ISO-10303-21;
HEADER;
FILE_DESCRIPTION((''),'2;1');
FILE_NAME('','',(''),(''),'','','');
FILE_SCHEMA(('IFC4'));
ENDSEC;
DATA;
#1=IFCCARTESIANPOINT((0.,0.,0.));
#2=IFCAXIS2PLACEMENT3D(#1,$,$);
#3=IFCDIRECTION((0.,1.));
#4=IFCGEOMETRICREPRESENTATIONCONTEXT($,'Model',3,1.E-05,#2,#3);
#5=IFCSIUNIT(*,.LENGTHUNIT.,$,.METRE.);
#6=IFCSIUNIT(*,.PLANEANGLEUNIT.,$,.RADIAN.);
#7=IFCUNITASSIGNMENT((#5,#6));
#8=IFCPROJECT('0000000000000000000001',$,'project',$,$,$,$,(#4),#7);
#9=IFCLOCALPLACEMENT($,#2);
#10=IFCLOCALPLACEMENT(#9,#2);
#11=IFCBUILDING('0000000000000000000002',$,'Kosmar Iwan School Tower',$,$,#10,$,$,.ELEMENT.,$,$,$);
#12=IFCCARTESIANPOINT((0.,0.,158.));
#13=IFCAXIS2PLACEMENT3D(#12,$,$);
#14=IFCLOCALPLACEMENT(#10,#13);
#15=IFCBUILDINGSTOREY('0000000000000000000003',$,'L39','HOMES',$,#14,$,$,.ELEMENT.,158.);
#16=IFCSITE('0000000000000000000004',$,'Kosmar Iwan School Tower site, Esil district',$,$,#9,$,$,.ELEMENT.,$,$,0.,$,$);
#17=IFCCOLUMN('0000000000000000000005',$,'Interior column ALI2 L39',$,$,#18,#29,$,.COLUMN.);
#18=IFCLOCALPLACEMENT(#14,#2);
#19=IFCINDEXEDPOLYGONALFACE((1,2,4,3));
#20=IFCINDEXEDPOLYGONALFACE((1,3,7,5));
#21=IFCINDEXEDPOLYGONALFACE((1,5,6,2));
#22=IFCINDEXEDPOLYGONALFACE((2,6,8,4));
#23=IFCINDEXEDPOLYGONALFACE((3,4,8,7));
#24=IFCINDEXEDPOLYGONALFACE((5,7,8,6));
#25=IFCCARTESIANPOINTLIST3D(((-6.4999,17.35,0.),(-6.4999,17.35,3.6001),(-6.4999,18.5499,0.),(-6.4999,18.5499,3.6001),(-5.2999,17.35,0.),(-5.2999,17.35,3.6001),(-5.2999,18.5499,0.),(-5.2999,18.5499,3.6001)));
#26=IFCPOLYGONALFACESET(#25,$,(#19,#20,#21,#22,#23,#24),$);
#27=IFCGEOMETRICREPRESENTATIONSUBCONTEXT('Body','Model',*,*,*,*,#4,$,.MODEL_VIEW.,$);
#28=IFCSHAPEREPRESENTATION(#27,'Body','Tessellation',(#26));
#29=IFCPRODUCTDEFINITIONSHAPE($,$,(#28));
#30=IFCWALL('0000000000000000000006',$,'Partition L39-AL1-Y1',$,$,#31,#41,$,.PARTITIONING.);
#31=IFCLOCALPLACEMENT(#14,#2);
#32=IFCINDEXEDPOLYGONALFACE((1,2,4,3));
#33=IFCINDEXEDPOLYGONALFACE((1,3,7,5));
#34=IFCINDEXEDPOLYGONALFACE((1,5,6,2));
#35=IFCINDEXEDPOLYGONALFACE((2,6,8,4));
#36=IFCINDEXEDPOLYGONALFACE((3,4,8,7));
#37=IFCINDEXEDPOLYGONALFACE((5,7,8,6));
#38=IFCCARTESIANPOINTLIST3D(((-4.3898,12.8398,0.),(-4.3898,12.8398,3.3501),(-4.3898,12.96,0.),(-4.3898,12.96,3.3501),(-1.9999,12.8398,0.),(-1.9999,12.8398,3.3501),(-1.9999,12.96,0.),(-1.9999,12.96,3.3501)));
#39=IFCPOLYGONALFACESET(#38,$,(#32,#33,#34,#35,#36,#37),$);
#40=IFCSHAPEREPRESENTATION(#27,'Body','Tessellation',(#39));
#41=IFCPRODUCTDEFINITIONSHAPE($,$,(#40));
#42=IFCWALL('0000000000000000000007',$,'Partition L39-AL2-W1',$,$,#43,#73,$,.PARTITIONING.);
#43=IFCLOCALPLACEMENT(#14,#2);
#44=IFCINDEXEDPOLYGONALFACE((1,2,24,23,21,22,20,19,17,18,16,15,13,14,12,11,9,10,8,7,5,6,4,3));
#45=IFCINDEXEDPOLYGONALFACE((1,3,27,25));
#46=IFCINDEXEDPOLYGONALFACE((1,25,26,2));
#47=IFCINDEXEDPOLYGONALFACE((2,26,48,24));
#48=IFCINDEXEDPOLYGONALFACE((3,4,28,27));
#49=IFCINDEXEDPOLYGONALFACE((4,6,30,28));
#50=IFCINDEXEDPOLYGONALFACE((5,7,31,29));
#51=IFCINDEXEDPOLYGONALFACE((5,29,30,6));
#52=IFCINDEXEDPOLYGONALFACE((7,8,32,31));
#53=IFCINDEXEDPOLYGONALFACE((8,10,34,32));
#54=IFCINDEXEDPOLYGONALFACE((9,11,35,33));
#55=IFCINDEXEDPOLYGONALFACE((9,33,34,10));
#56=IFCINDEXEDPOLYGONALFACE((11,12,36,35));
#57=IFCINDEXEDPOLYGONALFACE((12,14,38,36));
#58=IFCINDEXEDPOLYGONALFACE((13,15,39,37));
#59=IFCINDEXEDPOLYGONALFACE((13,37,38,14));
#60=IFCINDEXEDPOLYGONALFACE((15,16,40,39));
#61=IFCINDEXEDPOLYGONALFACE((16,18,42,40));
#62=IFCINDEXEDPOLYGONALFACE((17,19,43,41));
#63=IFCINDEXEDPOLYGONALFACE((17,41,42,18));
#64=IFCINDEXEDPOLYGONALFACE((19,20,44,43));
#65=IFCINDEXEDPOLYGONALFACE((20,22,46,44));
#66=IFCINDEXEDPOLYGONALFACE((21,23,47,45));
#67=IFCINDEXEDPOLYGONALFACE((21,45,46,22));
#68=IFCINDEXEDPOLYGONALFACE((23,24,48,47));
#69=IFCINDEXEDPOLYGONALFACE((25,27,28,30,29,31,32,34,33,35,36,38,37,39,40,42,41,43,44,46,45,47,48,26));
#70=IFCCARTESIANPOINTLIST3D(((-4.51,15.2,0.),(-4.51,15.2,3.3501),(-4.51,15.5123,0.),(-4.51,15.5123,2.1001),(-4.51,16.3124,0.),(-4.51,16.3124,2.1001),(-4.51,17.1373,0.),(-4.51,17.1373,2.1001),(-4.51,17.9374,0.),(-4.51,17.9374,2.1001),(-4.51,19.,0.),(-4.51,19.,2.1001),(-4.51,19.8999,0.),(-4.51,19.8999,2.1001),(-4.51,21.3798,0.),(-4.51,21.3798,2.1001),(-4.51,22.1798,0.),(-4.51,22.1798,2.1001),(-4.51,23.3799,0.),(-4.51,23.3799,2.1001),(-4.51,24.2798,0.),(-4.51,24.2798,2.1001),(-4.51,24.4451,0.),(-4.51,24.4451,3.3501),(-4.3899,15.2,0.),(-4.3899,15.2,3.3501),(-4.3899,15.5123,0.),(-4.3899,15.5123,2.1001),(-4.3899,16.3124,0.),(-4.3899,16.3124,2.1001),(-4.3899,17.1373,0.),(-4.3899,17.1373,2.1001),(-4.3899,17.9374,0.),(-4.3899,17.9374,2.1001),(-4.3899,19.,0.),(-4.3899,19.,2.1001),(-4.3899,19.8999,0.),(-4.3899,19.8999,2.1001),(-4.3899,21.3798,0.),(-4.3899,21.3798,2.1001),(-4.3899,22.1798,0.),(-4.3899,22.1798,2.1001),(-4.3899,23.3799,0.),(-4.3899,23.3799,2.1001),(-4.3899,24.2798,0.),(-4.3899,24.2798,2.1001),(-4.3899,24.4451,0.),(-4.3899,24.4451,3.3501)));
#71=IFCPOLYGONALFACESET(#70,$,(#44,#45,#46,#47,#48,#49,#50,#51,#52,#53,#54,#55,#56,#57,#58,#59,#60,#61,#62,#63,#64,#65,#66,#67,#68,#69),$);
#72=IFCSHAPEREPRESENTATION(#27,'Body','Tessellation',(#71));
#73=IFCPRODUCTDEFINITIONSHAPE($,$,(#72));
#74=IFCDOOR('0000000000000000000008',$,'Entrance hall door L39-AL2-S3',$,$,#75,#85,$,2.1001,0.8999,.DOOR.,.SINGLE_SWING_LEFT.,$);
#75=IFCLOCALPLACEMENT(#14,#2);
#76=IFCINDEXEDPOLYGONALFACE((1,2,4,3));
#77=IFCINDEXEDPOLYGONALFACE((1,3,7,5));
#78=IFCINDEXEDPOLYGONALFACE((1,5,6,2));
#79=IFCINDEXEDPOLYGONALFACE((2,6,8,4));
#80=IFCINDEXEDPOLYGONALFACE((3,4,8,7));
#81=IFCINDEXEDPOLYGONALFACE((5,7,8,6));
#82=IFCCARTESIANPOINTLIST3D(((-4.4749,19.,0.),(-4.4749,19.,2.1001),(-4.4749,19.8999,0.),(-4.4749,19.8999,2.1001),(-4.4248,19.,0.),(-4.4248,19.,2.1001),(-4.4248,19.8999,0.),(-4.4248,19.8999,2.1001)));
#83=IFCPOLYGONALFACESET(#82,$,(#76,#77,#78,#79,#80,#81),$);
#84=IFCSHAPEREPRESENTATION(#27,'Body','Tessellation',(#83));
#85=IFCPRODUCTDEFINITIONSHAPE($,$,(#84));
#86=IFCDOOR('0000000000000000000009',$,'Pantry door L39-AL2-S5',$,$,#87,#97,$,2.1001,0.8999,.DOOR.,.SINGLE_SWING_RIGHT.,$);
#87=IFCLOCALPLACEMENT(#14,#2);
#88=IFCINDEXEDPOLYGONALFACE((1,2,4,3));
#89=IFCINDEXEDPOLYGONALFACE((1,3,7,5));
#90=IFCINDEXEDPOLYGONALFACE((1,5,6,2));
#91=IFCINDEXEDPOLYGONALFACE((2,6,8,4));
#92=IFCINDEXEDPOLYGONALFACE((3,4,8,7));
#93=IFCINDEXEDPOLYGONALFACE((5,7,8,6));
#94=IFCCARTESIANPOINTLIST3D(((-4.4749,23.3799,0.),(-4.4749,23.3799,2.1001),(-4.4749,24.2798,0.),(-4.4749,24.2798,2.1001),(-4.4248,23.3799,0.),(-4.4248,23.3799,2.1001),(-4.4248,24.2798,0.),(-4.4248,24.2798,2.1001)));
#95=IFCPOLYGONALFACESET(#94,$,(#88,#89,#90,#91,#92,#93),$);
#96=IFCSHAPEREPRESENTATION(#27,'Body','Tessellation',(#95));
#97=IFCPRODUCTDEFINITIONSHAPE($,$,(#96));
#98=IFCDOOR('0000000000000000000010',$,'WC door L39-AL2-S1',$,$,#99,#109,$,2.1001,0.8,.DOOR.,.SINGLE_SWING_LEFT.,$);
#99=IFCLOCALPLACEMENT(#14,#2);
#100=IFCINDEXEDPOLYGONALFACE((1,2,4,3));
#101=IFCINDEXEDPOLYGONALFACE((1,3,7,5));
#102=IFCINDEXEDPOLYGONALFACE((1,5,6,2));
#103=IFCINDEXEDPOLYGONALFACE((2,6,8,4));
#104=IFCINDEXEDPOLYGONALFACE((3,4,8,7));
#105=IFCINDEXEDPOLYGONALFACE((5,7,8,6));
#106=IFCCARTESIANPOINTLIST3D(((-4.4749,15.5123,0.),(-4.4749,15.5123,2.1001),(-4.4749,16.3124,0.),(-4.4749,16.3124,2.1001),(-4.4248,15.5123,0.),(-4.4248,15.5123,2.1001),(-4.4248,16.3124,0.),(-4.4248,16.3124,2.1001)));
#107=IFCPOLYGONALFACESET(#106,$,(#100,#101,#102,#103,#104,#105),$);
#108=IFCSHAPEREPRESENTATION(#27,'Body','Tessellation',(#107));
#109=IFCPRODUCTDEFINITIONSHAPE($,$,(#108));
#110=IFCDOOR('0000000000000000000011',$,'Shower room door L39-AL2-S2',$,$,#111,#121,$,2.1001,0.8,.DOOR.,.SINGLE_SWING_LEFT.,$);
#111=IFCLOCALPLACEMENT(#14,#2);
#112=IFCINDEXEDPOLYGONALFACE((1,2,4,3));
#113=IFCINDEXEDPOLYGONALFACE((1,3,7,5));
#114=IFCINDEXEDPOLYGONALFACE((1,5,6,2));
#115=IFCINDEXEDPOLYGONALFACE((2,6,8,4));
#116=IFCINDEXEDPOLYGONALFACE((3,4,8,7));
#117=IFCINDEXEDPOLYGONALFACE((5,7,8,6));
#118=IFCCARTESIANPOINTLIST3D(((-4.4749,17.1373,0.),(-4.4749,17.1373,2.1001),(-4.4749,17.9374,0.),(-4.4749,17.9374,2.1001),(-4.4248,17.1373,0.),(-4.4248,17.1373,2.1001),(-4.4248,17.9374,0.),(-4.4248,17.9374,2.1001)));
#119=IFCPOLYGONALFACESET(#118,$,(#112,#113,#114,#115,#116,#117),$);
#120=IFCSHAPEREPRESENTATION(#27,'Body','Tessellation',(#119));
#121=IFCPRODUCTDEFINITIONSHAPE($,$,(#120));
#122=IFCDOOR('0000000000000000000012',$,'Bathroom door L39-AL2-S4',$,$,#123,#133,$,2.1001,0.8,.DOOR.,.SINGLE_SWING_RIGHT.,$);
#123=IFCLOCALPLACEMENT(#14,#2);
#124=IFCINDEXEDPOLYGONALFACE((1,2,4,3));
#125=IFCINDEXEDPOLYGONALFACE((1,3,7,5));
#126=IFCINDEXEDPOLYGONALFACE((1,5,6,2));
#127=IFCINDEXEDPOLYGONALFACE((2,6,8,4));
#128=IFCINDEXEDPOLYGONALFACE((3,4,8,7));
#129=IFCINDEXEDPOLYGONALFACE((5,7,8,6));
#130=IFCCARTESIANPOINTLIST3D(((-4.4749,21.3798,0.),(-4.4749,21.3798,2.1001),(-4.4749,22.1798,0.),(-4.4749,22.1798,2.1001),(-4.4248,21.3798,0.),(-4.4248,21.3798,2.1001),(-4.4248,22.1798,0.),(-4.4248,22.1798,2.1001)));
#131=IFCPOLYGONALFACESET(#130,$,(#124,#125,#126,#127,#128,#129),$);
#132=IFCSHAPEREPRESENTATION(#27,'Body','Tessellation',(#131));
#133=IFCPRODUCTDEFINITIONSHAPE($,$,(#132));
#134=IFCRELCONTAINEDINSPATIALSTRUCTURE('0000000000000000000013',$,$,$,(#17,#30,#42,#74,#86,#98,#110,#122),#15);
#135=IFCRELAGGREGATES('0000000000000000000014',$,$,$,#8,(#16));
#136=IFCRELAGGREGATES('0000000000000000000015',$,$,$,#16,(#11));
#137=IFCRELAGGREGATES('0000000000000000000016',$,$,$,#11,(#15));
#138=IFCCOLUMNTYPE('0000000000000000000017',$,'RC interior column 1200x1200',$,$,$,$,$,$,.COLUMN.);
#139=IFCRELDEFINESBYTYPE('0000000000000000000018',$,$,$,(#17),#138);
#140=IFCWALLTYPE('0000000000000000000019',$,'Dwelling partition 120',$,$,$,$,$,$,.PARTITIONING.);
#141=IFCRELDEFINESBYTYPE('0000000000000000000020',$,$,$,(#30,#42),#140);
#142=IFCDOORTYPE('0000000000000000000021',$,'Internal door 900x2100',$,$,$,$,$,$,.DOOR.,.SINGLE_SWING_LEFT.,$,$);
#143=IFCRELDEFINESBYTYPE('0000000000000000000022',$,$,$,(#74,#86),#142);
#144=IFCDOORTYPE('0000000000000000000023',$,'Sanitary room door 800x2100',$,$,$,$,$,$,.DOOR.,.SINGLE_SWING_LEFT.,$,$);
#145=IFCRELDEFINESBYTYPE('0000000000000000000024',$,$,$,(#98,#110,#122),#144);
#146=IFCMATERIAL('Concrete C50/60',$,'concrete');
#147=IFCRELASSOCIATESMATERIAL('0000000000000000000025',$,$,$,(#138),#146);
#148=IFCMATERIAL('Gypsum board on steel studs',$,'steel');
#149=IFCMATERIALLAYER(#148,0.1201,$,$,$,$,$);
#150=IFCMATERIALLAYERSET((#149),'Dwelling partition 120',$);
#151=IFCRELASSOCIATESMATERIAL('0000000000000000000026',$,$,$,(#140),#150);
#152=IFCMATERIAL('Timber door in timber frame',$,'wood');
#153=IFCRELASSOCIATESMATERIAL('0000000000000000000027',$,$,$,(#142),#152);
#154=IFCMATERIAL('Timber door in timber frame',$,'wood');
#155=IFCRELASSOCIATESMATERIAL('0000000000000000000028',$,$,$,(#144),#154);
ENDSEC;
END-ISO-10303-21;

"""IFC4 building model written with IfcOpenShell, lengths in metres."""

from ifc_helpers import new_model, si_unit, direction, frame, frame_2d, origin, origin_2d, place, context, subcontext, project, spatial, rectangle, extrude, material, layer, layer_set, material_profile, profile_set, type_object, element, fill, save


model = new_model("IFC4")

# Units and contexts
model_context = context("Model", 3, precision=1e-05, world=origin(), true_north=direction((0.0, 1.0)))
body_context = subcontext(model_context, "Body", "Model", "MODEL_VIEW")
ifc_project = project(units=[si_unit("LENGTHUNIT", "METRE"), si_unit("PLANEANGLEUNIT", "RADIAN")], contexts=[model_context])

# Site, building, storey
site_placement = place(None, origin())
site = spatial("IfcSite", under=ifc_project, at=site_placement, Name="Kosmar Iwan School Tower site, Esil district", CompositionType="ELEMENT", RefElevation=0.0)
building_placement = place(site_placement, origin())
building = spatial("IfcBuilding", under=site, at=building_placement, Name="Kosmar Iwan School Tower", CompositionType="ELEMENT")
storey_placement = place(building_placement, frame((0.0, 0.0, 158.0)))
storey = spatial("IfcBuildingStorey", under=building, at=storey_placement, Name="L39", Description="HOMES", CompositionType="ELEMENT", Elevation=158.0)

# Column
ifc_material_1 = material(Name="Concrete C50/60", Category="concrete")
ifc_material_profile = material_profile(ifc_material_1, rectangle(XDim=1.2, YDim=1.2, at=origin_2d()), Name="RC 1200x1200")
ifc_profile_set = profile_set([ifc_material_profile], Name="Concrete C50/60")
column_type = type_object("IfcColumnType", Name="RC interior column 1200x1200", PredefinedType="COLUMN", material=ifc_profile_set)
column_placement = place(storey_placement, frame((-5.8999, 17.95, 0.0), z_axis=(0.0, 0.0, 1.0), x_axis=(0.0, 1.0, 0.0)))
element("IfcColumn", 1, at=column_placement, inside=storey, type_object=column_type, Name="Interior column ALI2 L39", PredefinedType="COLUMN", context=body_context, shape_type="SweptSolid", body=[
    extrude(rectangle(XDim=1.2, YDim=1.2, at=origin_2d()), origin(), (0.0, 0.0, 1.0), 3.6001),
])

# Wall
ifc_material_2 = material(Name="Gypsum board on steel studs", Category="steel")
ifc_layer_1 = layer(ifc_material_2, 0.1201)
ifc_layer_set_1 = layer_set([ifc_layer_1], Name="Dwelling partition 120")
wall_type_1 = type_object("IfcWallType", Name="Dwelling partition 120", PredefinedType="PARTITIONING", material=ifc_layer_set_1)
wall_1_placement = place(storey_placement, frame((-2.0, 12.8999, 0.0), z_axis=(0.0, 0.0, 1.0), x_axis=(-1.0, 0.0, 0.0)))
element("IfcWall", 2, at=wall_1_placement, inside=storey, type_object=wall_type_1, Name="Partition L39-AL1-Y1", PredefinedType="PARTITIONING", context=body_context, shape_type="SweptSolid", body=[
    extrude(rectangle(XDim=2.3899, YDim=0.1201, at=frame_2d((1.1948, 0.0))), origin(), (0.0, 0.0, 1.0), 3.3501),
])

# Wall, openings, doors
wall_2_placement = place(storey_placement, frame((-4.45, 15.2, 0.0), z_axis=(0.0, 0.0, 1.0), x_axis=(0.0, 1.0, 0.0)))
wall_2 = element("IfcWall", 3, at=wall_2_placement, inside=storey, type_object=wall_type_1, Name="Partition L39-AL2-W1", PredefinedType="PARTITIONING", context=body_context, shape_type="SweptSolid", body=[
    extrude(rectangle(XDim=9.2451, YDim=0.1201, at=frame_2d((4.6226, 0.0))), origin(), (0.0, 0.0, 1.0), 3.3501),
])
opening_1_placement = place(wall_2_placement, frame((0.3125, 0.0, 0.0)))
opening_1 = element("IfcOpeningElement", 4, at=opening_1_placement, cuts=wall_2, PredefinedType="OPENING", context=body_context, shape_type="SweptSolid", body=[
    extrude(rectangle(XDim=0.8, YDim=2.1001, at=frame_2d((0.3999, 1.05))), frame((0.0, 0.072, 0.0), z_axis=(0.0, -1.0, 0.0), x_axis=(1.0, 0.0, 0.0)), (0.0, 0.0, 1.0), 0.144),
])
opening_2_placement = place(wall_2_placement, frame((1.9375, 0.0, 0.0)))
opening_2 = element("IfcOpeningElement", 5, at=opening_2_placement, cuts=wall_2, PredefinedType="OPENING", context=body_context, shape_type="SweptSolid", body=[
    extrude(rectangle(XDim=0.8, YDim=2.1001, at=frame_2d((0.3999, 1.05))), frame((0.0, 0.072, 0.0), z_axis=(0.0, -1.0, 0.0), x_axis=(1.0, 0.0, 0.0)), (0.0, 0.0, 1.0), 0.144),
])
opening_3_placement = place(wall_2_placement, frame((3.8, 0.0, 0.0)))
opening_3 = element("IfcOpeningElement", 6, at=opening_3_placement, cuts=wall_2, PredefinedType="OPENING", context=body_context, shape_type="SweptSolid", body=[
    extrude(rectangle(XDim=0.8999, YDim=2.1001, at=frame_2d((0.45, 1.05))), frame((0.0, 0.072, 0.0), z_axis=(0.0, -1.0, 0.0), x_axis=(1.0, 0.0, 0.0)), (0.0, 0.0, 1.0), 0.144),
])
opening_4_placement = place(wall_2_placement, frame((6.1799, 0.0, 0.0)))
opening_4 = element("IfcOpeningElement", 7, at=opening_4_placement, cuts=wall_2, PredefinedType="OPENING", context=body_context, shape_type="SweptSolid", body=[
    extrude(rectangle(XDim=0.8, YDim=2.1001, at=frame_2d((0.3999, 1.05))), frame((0.0, 0.072, 0.0), z_axis=(0.0, -1.0, 0.0), x_axis=(1.0, 0.0, 0.0)), (0.0, 0.0, 1.0), 0.144),
])
opening_5_placement = place(wall_2_placement, frame((8.1799, 0.0, 0.0)))
opening_5 = element("IfcOpeningElement", 8, at=opening_5_placement, cuts=wall_2, PredefinedType="OPENING", context=body_context, shape_type="SweptSolid", body=[
    extrude(rectangle(XDim=0.8999, YDim=2.1001, at=frame_2d((0.45, 1.05))), frame((0.0, 0.072, 0.0), z_axis=(0.0, -1.0, 0.0), x_axis=(1.0, 0.0, 0.0)), (0.0, 0.0, 1.0), 0.144),
])
ifc_material_3 = material(Name="Timber door in timber frame", Category="wood")
door_type_1 = type_object("IfcDoorType", Name="Internal door 900x2100", OperationType="SINGLE_SWING_LEFT", PredefinedType="DOOR", material=ifc_material_3)
door_1_placement = place(opening_3_placement, origin())
door_1 = element("IfcDoor", 9, at=door_1_placement, inside=storey, type_object=door_type_1, Name="Entrance hall door L39-AL2-S3", OperationType="SINGLE_SWING_LEFT", OverallHeight=2.1001, OverallWidth=0.8999, PredefinedType="DOOR", context=body_context, shape_type="SweptSolid", body=[
    extrude(rectangle(XDim=0.8999, YDim=2.1001, at=frame_2d((0.45, 1.05))), frame((0.0, 0.0249, 0.0), z_axis=(0.0, -1.0, 0.0), x_axis=(1.0, 0.0, 0.0)), (0.0, 0.0, 1.0), 0.05),
])
fill(opening_3, door_1)
door_2_placement = place(opening_5_placement, origin())
door_2 = element("IfcDoor", 10, at=door_2_placement, inside=storey, type_object=door_type_1, Name="Pantry door L39-AL2-S5", OperationType="SINGLE_SWING_RIGHT", OverallHeight=2.1001, OverallWidth=0.8999, PredefinedType="DOOR", context=body_context, shape_type="SweptSolid", body=[
    extrude(rectangle(XDim=0.8999, YDim=2.1001, at=frame_2d((0.45, 1.05))), frame((0.0, 0.0249, 0.0), z_axis=(0.0, -1.0, 0.0), x_axis=(1.0, 0.0, 0.0)), (0.0, 0.0, 1.0), 0.05),
])
fill(opening_5, door_2)
ifc_material_4 = material(Name="Timber door in timber frame", Category="wood")
door_type_2 = type_object("IfcDoorType", Name="Sanitary room door 800x2100", OperationType="SINGLE_SWING_LEFT", PredefinedType="DOOR", material=ifc_material_4)
door_3_placement = place(opening_1_placement, origin())
door_3 = element("IfcDoor", 11, at=door_3_placement, inside=storey, type_object=door_type_2, Name="WC door L39-AL2-S1", OperationType="SINGLE_SWING_LEFT", OverallHeight=2.1001, OverallWidth=0.8, PredefinedType="DOOR", context=body_context, shape_type="SweptSolid", body=[
    extrude(rectangle(XDim=0.8, YDim=2.1001, at=frame_2d((0.3999, 1.05))), frame((0.0, 0.0249, 0.0), z_axis=(0.0, -1.0, 0.0), x_axis=(1.0, 0.0, 0.0)), (0.0, 0.0, 1.0), 0.05),
])
fill(opening_1, door_3)
door_4_placement = place(opening_2_placement, origin())
door_4 = element("IfcDoor", 12, at=door_4_placement, inside=storey, type_object=door_type_2, Name="Shower room door L39-AL2-S2", OperationType="SINGLE_SWING_LEFT", OverallHeight=2.1001, OverallWidth=0.8, PredefinedType="DOOR", context=body_context, shape_type="SweptSolid", body=[
    extrude(rectangle(XDim=0.8, YDim=2.1001, at=frame_2d((0.3999, 1.05))), frame((0.0, 0.0249, 0.0), z_axis=(0.0, -1.0, 0.0), x_axis=(1.0, 0.0, 0.0)), (0.0, 0.0, 1.0), 0.05),
])
fill(opening_2, door_4)
door_5_placement = place(opening_4_placement, origin())
door_5 = element("IfcDoor", 13, at=door_5_placement, inside=storey, type_object=door_type_2, Name="Bathroom door L39-AL2-S4", OperationType="SINGLE_SWING_RIGHT", OverallHeight=2.1001, OverallWidth=0.8, PredefinedType="DOOR", context=body_context, shape_type="SweptSolid", body=[
    extrude(rectangle(XDim=0.8, YDim=2.1001, at=frame_2d((0.3999, 1.05))), frame((0.0, 0.0249, 0.0), z_axis=(0.0, -1.0, 0.0), x_axis=(1.0, 0.0, 0.0)), (0.0, 0.0, 1.0), 0.05),
])
fill(opening_4, door_5)

save(model, "model.ifc")
